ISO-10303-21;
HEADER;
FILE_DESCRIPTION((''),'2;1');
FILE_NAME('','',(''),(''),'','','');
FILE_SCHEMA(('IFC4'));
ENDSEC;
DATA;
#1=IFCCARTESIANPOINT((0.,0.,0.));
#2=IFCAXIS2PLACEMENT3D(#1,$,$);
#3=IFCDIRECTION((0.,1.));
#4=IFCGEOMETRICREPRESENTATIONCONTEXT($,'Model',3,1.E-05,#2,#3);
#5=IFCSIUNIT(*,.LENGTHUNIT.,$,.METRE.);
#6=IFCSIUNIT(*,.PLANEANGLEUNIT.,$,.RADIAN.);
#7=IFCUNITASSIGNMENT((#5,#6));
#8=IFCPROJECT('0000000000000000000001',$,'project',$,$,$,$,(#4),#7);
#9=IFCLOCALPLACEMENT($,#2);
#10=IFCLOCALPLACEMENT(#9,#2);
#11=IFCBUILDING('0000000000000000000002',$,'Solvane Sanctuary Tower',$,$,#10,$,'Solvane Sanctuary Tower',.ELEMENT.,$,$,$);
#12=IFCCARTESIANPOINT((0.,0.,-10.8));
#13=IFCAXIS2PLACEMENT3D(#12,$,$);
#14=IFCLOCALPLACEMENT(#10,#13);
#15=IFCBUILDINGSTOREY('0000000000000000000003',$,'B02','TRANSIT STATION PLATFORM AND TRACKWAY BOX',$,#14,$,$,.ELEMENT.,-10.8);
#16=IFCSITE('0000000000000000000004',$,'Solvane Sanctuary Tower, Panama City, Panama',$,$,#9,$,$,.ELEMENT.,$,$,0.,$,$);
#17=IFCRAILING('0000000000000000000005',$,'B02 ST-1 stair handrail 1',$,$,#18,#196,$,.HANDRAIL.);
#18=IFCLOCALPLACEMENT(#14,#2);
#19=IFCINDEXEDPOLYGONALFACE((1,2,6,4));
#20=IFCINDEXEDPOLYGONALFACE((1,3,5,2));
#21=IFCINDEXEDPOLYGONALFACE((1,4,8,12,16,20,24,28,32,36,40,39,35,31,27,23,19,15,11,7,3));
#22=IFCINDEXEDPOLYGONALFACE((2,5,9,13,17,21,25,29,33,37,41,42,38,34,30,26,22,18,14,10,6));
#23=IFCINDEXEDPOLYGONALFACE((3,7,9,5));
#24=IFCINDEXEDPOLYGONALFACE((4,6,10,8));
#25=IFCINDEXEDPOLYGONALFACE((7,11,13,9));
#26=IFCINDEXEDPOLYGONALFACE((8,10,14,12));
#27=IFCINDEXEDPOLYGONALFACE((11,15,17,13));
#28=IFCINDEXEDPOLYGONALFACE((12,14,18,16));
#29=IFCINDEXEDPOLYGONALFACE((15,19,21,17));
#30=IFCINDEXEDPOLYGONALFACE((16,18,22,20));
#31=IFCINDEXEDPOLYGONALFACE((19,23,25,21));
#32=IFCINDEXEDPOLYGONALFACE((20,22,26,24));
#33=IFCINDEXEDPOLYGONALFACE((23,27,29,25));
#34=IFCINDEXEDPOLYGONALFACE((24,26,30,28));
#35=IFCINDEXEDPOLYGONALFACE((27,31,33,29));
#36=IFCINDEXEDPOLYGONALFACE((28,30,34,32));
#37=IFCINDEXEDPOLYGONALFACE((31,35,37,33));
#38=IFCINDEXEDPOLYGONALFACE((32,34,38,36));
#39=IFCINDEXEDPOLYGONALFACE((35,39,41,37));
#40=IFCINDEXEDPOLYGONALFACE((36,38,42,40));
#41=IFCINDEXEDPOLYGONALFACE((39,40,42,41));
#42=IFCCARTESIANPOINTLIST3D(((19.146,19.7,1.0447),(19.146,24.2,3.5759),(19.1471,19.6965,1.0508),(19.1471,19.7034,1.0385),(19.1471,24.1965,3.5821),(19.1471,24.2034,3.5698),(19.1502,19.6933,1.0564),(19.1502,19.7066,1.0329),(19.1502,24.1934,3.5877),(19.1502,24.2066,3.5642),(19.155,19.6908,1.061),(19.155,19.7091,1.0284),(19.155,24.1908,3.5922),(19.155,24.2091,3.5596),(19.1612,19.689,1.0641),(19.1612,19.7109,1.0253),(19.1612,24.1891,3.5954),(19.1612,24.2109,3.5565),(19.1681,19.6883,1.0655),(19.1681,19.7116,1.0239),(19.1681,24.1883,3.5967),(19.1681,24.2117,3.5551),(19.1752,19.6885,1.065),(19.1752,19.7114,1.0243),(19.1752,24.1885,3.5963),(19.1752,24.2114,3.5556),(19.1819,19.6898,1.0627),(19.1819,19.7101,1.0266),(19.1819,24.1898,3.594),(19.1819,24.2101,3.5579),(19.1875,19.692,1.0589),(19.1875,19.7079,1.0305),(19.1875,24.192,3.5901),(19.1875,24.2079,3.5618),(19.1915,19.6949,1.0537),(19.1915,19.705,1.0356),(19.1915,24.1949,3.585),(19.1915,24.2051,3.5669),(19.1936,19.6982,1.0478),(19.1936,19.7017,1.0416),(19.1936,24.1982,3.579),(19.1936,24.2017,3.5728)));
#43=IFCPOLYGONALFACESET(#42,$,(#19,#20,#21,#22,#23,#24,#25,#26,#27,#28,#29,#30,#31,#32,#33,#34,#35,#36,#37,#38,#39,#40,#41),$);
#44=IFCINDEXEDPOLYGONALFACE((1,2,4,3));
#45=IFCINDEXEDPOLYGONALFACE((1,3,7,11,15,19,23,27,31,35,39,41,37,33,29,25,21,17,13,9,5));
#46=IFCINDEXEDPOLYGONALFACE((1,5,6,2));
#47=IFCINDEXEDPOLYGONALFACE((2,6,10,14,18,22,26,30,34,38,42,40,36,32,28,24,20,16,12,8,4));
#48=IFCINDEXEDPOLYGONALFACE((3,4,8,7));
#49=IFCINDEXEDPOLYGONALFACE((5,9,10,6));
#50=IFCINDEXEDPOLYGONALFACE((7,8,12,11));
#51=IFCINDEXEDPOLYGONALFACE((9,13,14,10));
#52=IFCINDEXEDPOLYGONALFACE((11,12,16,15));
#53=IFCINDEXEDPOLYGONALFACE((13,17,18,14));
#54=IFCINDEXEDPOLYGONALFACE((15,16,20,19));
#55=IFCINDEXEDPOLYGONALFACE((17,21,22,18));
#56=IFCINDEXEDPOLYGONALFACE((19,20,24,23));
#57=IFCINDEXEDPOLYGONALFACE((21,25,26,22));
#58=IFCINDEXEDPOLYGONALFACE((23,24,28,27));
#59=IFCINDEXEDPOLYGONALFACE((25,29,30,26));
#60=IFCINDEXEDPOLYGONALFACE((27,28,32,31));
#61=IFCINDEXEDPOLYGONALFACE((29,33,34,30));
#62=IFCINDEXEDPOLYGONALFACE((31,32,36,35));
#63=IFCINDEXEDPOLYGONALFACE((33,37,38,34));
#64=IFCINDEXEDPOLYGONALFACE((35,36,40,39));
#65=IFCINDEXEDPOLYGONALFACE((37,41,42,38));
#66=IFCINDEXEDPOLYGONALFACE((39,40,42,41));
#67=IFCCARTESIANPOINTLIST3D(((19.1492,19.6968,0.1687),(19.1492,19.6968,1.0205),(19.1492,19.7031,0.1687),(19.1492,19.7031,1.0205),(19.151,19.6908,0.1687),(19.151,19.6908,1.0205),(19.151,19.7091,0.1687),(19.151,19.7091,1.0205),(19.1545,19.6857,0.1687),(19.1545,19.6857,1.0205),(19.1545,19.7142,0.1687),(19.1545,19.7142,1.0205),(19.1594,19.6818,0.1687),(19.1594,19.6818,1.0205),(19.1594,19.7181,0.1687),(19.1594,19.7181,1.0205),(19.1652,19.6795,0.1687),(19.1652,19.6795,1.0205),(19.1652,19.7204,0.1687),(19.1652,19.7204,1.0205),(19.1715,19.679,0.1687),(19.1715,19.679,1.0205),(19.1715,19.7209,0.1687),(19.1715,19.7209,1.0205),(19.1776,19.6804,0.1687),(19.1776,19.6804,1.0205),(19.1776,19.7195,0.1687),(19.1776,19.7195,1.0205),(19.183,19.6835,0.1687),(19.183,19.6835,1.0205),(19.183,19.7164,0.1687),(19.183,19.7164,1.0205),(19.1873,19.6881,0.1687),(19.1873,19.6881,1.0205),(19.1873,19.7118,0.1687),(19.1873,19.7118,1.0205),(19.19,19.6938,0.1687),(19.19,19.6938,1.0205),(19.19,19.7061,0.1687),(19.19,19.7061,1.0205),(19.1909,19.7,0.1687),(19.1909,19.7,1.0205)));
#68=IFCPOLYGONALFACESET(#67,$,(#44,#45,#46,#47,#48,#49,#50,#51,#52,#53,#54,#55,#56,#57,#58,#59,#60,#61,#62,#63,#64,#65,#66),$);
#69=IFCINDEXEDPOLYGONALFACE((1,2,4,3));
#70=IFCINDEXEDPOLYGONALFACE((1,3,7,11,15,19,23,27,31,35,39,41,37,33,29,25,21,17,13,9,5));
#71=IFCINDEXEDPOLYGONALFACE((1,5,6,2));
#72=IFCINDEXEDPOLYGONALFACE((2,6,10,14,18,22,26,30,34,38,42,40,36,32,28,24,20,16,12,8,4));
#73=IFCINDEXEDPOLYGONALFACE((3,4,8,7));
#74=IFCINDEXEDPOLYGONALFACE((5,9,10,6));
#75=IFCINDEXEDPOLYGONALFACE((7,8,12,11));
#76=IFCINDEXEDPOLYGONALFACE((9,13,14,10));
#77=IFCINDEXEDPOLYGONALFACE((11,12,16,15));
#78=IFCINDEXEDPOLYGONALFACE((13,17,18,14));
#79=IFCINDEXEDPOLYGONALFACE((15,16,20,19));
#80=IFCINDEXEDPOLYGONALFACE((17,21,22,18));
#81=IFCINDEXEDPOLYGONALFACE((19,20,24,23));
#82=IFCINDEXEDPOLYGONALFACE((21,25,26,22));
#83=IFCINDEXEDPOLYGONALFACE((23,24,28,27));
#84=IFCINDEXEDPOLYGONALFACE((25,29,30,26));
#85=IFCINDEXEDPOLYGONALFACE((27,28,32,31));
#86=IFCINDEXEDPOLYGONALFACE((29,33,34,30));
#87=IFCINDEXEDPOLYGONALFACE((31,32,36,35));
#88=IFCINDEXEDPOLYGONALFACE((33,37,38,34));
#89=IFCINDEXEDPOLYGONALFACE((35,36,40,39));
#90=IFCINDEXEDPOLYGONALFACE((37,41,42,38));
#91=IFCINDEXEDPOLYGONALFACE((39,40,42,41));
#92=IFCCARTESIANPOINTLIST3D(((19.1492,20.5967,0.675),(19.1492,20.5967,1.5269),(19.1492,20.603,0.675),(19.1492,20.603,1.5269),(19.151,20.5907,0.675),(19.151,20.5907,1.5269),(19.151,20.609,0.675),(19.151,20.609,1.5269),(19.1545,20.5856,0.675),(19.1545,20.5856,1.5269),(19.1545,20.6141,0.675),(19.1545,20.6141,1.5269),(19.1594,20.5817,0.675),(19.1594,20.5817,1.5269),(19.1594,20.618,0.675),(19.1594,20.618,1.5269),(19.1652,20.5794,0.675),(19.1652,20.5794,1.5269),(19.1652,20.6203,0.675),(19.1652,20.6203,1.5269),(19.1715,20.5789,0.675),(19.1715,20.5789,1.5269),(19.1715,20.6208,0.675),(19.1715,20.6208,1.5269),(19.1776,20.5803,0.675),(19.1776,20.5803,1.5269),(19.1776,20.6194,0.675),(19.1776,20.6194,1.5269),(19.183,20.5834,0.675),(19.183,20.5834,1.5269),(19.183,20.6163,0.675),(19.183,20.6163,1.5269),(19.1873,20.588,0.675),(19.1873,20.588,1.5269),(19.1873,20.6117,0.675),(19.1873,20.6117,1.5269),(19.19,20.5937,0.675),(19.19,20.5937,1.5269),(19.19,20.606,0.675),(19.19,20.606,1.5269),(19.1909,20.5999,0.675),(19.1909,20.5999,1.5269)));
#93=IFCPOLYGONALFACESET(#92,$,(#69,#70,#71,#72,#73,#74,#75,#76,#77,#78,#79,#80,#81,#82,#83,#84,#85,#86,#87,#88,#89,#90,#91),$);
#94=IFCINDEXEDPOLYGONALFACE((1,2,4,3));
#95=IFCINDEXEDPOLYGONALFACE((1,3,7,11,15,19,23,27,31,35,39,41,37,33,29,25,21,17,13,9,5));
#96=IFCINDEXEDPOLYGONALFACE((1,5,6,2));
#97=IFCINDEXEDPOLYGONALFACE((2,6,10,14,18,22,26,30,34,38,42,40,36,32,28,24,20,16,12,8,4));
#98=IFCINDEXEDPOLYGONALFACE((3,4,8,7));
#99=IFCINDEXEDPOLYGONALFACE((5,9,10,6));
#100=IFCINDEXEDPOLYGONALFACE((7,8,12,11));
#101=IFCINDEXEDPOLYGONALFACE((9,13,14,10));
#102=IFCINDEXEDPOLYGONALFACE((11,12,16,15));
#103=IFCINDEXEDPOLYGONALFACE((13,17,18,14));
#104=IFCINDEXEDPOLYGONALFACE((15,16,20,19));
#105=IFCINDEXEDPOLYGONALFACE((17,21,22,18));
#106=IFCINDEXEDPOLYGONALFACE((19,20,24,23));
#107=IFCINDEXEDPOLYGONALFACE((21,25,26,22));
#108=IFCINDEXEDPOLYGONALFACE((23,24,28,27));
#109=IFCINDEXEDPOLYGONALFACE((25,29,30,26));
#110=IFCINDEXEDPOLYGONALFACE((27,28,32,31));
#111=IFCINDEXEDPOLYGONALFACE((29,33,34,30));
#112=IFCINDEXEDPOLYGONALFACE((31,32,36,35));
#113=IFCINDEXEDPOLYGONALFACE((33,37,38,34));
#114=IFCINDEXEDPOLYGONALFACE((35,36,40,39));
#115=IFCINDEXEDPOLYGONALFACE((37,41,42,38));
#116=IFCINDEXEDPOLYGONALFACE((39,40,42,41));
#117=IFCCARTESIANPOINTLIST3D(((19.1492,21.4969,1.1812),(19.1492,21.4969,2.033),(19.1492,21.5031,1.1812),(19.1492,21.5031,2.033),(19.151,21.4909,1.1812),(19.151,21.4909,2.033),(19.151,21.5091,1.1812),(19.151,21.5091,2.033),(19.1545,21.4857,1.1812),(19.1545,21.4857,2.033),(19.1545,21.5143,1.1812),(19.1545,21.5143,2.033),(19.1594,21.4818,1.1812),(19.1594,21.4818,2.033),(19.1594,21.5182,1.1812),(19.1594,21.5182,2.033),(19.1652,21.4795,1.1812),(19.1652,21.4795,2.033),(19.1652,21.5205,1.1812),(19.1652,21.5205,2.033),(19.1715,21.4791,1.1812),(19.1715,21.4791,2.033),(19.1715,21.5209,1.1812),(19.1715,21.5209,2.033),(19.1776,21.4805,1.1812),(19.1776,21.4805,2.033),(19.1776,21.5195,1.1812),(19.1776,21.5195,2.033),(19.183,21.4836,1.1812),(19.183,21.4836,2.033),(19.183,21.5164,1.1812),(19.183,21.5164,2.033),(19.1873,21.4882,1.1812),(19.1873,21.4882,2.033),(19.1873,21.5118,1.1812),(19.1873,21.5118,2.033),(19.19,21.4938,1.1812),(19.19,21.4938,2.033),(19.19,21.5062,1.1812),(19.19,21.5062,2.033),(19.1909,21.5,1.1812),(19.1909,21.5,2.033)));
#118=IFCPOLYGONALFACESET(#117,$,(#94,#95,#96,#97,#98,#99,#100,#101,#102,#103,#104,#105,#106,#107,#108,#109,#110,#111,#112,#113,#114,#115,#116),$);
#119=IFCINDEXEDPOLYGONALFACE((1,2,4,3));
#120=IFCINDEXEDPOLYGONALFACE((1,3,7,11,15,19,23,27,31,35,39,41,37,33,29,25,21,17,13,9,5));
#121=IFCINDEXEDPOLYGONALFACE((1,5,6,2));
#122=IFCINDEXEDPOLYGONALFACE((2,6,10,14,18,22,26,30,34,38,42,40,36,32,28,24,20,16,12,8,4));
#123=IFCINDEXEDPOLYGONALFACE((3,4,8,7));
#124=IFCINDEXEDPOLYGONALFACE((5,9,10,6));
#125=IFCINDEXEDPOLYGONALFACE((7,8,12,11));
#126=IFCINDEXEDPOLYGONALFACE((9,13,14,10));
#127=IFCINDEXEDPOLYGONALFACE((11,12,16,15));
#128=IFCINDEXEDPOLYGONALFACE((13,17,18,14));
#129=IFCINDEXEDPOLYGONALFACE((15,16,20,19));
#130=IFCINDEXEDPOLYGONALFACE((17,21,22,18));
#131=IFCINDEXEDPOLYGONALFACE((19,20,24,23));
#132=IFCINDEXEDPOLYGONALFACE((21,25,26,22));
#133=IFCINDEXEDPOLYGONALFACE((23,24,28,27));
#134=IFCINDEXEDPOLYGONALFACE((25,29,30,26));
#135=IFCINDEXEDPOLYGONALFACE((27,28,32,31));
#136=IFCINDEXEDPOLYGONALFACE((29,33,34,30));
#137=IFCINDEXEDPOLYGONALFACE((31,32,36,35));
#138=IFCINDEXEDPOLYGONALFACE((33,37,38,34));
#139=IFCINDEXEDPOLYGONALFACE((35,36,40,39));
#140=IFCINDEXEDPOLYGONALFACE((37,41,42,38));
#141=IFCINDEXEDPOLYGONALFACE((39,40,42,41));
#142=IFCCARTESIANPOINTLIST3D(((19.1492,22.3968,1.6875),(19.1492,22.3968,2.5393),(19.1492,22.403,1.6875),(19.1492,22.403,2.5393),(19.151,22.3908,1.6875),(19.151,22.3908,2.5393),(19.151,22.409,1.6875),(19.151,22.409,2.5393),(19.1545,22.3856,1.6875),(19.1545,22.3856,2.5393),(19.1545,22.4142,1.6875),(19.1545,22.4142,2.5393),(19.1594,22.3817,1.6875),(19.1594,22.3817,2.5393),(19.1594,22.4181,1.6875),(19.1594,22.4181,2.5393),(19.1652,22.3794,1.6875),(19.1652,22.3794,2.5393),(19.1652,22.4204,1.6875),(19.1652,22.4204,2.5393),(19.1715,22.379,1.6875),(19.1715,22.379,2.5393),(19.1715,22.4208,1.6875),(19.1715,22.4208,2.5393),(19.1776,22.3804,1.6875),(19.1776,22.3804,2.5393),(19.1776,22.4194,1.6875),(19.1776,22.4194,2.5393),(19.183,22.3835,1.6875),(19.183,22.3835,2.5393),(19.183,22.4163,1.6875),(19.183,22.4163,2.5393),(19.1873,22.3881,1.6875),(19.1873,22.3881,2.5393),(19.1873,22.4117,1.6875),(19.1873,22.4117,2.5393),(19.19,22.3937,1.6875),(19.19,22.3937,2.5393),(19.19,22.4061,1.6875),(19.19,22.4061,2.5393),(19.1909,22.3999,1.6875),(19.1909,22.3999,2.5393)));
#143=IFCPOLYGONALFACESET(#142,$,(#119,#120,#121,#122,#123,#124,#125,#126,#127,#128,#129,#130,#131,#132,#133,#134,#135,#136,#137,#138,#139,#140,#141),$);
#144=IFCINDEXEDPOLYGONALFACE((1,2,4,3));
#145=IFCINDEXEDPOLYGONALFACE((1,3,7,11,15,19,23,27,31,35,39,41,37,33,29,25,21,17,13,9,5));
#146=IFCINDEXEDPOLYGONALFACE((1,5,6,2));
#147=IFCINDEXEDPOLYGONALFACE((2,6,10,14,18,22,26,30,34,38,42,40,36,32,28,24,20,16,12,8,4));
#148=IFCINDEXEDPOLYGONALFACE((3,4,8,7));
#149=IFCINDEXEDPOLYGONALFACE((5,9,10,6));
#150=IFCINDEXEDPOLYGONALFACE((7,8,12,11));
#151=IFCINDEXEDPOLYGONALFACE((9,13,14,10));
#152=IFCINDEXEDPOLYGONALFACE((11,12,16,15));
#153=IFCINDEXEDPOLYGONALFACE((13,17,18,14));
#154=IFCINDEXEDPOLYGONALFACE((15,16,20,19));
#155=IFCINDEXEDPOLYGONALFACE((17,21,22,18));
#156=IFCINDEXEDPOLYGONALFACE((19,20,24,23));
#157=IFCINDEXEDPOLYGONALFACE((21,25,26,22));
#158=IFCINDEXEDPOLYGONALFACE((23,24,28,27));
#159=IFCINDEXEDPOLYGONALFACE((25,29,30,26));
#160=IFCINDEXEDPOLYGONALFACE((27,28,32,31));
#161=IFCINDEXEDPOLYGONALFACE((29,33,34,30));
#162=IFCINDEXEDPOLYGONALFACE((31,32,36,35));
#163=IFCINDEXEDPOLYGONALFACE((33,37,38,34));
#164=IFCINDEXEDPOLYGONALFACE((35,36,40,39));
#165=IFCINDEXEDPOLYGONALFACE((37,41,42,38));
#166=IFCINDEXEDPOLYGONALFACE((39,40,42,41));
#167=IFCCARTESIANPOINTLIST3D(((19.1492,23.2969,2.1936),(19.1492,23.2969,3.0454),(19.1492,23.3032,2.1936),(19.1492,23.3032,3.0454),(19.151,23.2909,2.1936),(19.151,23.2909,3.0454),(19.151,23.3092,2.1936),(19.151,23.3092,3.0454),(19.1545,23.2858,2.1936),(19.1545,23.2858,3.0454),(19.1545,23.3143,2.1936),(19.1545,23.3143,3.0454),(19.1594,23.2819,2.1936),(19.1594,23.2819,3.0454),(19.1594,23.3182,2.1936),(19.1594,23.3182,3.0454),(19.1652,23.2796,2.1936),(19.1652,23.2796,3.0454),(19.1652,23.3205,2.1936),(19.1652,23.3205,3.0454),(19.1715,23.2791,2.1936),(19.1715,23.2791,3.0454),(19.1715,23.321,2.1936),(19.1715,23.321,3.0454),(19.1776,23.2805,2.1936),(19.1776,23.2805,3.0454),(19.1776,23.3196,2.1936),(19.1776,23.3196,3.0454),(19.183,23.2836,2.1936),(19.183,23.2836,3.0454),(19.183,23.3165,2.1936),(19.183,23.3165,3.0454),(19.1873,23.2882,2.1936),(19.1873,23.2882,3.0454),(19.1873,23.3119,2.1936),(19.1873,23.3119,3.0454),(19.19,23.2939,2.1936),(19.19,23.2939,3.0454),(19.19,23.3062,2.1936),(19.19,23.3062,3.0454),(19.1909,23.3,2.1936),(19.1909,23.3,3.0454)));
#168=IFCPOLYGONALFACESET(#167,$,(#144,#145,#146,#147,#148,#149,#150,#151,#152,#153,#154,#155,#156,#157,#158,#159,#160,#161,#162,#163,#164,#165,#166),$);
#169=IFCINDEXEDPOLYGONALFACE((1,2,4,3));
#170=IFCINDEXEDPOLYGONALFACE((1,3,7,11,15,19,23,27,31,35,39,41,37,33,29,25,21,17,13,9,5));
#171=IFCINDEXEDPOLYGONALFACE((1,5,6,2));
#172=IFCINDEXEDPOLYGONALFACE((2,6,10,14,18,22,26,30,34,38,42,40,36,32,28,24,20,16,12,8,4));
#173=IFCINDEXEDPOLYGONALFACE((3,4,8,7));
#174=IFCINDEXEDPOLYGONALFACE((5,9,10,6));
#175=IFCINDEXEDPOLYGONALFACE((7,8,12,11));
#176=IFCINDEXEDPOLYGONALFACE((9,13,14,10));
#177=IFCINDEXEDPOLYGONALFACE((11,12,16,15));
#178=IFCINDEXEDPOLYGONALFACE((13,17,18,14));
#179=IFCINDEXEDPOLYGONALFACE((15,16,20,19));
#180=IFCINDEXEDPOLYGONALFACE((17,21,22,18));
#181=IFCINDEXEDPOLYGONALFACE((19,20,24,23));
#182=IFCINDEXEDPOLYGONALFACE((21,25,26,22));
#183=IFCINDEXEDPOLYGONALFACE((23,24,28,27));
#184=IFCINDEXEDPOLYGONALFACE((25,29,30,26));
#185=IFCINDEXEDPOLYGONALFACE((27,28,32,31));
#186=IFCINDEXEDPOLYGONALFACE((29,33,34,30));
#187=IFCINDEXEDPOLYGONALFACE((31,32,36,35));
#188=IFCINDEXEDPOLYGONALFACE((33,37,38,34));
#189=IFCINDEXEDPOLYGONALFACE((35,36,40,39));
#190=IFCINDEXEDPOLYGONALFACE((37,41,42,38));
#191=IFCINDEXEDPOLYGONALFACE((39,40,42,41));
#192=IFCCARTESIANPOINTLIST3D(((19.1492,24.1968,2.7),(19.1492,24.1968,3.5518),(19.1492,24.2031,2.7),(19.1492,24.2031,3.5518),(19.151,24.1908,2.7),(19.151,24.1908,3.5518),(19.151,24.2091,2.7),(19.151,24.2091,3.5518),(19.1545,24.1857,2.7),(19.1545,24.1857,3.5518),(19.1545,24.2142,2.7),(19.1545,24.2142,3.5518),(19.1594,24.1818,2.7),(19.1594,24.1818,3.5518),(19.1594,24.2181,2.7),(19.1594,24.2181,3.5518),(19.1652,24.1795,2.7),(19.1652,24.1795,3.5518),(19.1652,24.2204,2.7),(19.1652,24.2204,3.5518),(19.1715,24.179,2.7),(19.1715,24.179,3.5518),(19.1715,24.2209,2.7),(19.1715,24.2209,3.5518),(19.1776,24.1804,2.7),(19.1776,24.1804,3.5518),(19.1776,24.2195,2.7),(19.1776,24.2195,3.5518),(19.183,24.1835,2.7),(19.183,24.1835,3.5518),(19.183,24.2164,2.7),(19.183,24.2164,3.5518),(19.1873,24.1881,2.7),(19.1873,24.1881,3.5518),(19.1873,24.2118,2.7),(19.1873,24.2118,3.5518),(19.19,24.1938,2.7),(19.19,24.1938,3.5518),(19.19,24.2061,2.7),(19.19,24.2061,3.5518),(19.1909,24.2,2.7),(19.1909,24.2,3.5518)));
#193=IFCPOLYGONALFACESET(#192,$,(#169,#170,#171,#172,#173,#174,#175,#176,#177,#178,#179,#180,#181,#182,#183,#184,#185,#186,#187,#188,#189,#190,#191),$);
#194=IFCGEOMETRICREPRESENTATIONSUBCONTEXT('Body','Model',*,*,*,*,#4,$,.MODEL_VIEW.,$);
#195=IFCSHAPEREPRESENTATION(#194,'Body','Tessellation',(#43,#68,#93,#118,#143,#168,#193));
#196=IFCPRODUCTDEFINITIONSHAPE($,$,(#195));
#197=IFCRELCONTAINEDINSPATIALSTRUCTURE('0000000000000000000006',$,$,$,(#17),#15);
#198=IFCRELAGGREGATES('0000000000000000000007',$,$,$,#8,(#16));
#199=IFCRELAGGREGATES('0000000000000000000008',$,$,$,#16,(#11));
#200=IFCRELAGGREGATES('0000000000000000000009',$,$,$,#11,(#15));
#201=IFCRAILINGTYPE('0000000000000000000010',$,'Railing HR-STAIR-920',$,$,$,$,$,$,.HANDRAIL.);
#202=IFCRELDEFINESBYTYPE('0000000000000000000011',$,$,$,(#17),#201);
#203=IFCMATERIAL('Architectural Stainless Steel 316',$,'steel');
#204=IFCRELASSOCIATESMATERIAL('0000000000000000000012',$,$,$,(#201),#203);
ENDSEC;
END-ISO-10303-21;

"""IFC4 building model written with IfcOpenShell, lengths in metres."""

from ifc_helpers import new_model, si_unit, direction, frame, origin, origin_2d, place, context, subcontext, project, spatial, circle, extrude, material, type_object, element, save


model = new_model("IFC4")

# Units and contexts
model_context = context("Model", 3, precision=1e-05, world=origin(), true_north=direction((0.0, 1.0)))
body_context = subcontext(model_context, "Body", "Model", "MODEL_VIEW")
ifc_project = project(units=[si_unit("LENGTHUNIT", "METRE"), si_unit("PLANEANGLEUNIT", "RADIAN")], contexts=[model_context])

# Site, building, storey
site_placement = place(None, origin())
site = spatial("IfcSite", under=ifc_project, at=site_placement, Name="Solvane Sanctuary Tower, Panama City, Panama", CompositionType="ELEMENT", RefElevation=0.0)
building_placement = place(site_placement, origin())
building = spatial("IfcBuilding", under=site, at=building_placement, Name="Solvane Sanctuary Tower", LongName="Solvane Sanctuary Tower", CompositionType="ELEMENT")
storey_placement = place(building_placement, frame((0.0, 0.0, -10.8)))
storey = spatial("IfcBuildingStorey", under=building, at=storey_placement, Name="B02", Description="TRANSIT STATION PLATFORM AND TRACKWAY BOX", CompositionType="ELEMENT", Elevation=-10.8)

# Shared definitions
ifc_material_1 = material(Name="Architectural Stainless Steel 316", Category="steel")

# Railing
railing_type_1 = type_object("IfcRailingType", Name="Railing HR-STAIR-920", PredefinedType="HANDRAIL", material=ifc_material_1)
railing_1_placement = place(storey_placement, frame((19.1699, 19.7, 0.1687)))
element("IfcRailing", 1, at=railing_1_placement, inside=storey, type_object=railing_type_1, Name="B02 ST-1 stair handrail 1", PredefinedType="HANDRAIL", context=body_context, shape_type="SweptSolid", body=[
    extrude(circle(Radius=0.0239, at=origin_2d()), frame((0.0, 0.0, 0.876), z_axis=(0.0, 0.871576, 0.490261), x_axis=(-1.0, 0.0, 0.0)), (0.0, 0.0, 1.0), 5.1631),
    extrude(circle(Radius=0.021, at=origin_2d()), origin(), (0.0, 0.0, 1.0), 0.8518),
    extrude(circle(Radius=0.021, at=origin_2d()), frame((0.0, 0.8999, 0.5063)), (0.0, 0.0, 1.0), 0.8518),
    extrude(circle(Radius=0.021, at=origin_2d()), frame((0.0, 1.8, 1.0125)), (0.0, 0.0, 1.0), 0.8518),
    extrude(circle(Radius=0.021, at=origin_2d()), frame((0.0, 2.7, 1.5188)), (0.0, 0.0, 1.0), 0.8518),
    extrude(circle(Radius=0.021, at=origin_2d()), frame((0.0, 3.6001, 2.0249)), (0.0, 0.0, 1.0), 0.8518),
    extrude(circle(Radius=0.021, at=origin_2d()), frame((0.0, 4.5, 2.5312)), (0.0, 0.0, 1.0), 0.8518),
])

save(model, "model.ifc")
